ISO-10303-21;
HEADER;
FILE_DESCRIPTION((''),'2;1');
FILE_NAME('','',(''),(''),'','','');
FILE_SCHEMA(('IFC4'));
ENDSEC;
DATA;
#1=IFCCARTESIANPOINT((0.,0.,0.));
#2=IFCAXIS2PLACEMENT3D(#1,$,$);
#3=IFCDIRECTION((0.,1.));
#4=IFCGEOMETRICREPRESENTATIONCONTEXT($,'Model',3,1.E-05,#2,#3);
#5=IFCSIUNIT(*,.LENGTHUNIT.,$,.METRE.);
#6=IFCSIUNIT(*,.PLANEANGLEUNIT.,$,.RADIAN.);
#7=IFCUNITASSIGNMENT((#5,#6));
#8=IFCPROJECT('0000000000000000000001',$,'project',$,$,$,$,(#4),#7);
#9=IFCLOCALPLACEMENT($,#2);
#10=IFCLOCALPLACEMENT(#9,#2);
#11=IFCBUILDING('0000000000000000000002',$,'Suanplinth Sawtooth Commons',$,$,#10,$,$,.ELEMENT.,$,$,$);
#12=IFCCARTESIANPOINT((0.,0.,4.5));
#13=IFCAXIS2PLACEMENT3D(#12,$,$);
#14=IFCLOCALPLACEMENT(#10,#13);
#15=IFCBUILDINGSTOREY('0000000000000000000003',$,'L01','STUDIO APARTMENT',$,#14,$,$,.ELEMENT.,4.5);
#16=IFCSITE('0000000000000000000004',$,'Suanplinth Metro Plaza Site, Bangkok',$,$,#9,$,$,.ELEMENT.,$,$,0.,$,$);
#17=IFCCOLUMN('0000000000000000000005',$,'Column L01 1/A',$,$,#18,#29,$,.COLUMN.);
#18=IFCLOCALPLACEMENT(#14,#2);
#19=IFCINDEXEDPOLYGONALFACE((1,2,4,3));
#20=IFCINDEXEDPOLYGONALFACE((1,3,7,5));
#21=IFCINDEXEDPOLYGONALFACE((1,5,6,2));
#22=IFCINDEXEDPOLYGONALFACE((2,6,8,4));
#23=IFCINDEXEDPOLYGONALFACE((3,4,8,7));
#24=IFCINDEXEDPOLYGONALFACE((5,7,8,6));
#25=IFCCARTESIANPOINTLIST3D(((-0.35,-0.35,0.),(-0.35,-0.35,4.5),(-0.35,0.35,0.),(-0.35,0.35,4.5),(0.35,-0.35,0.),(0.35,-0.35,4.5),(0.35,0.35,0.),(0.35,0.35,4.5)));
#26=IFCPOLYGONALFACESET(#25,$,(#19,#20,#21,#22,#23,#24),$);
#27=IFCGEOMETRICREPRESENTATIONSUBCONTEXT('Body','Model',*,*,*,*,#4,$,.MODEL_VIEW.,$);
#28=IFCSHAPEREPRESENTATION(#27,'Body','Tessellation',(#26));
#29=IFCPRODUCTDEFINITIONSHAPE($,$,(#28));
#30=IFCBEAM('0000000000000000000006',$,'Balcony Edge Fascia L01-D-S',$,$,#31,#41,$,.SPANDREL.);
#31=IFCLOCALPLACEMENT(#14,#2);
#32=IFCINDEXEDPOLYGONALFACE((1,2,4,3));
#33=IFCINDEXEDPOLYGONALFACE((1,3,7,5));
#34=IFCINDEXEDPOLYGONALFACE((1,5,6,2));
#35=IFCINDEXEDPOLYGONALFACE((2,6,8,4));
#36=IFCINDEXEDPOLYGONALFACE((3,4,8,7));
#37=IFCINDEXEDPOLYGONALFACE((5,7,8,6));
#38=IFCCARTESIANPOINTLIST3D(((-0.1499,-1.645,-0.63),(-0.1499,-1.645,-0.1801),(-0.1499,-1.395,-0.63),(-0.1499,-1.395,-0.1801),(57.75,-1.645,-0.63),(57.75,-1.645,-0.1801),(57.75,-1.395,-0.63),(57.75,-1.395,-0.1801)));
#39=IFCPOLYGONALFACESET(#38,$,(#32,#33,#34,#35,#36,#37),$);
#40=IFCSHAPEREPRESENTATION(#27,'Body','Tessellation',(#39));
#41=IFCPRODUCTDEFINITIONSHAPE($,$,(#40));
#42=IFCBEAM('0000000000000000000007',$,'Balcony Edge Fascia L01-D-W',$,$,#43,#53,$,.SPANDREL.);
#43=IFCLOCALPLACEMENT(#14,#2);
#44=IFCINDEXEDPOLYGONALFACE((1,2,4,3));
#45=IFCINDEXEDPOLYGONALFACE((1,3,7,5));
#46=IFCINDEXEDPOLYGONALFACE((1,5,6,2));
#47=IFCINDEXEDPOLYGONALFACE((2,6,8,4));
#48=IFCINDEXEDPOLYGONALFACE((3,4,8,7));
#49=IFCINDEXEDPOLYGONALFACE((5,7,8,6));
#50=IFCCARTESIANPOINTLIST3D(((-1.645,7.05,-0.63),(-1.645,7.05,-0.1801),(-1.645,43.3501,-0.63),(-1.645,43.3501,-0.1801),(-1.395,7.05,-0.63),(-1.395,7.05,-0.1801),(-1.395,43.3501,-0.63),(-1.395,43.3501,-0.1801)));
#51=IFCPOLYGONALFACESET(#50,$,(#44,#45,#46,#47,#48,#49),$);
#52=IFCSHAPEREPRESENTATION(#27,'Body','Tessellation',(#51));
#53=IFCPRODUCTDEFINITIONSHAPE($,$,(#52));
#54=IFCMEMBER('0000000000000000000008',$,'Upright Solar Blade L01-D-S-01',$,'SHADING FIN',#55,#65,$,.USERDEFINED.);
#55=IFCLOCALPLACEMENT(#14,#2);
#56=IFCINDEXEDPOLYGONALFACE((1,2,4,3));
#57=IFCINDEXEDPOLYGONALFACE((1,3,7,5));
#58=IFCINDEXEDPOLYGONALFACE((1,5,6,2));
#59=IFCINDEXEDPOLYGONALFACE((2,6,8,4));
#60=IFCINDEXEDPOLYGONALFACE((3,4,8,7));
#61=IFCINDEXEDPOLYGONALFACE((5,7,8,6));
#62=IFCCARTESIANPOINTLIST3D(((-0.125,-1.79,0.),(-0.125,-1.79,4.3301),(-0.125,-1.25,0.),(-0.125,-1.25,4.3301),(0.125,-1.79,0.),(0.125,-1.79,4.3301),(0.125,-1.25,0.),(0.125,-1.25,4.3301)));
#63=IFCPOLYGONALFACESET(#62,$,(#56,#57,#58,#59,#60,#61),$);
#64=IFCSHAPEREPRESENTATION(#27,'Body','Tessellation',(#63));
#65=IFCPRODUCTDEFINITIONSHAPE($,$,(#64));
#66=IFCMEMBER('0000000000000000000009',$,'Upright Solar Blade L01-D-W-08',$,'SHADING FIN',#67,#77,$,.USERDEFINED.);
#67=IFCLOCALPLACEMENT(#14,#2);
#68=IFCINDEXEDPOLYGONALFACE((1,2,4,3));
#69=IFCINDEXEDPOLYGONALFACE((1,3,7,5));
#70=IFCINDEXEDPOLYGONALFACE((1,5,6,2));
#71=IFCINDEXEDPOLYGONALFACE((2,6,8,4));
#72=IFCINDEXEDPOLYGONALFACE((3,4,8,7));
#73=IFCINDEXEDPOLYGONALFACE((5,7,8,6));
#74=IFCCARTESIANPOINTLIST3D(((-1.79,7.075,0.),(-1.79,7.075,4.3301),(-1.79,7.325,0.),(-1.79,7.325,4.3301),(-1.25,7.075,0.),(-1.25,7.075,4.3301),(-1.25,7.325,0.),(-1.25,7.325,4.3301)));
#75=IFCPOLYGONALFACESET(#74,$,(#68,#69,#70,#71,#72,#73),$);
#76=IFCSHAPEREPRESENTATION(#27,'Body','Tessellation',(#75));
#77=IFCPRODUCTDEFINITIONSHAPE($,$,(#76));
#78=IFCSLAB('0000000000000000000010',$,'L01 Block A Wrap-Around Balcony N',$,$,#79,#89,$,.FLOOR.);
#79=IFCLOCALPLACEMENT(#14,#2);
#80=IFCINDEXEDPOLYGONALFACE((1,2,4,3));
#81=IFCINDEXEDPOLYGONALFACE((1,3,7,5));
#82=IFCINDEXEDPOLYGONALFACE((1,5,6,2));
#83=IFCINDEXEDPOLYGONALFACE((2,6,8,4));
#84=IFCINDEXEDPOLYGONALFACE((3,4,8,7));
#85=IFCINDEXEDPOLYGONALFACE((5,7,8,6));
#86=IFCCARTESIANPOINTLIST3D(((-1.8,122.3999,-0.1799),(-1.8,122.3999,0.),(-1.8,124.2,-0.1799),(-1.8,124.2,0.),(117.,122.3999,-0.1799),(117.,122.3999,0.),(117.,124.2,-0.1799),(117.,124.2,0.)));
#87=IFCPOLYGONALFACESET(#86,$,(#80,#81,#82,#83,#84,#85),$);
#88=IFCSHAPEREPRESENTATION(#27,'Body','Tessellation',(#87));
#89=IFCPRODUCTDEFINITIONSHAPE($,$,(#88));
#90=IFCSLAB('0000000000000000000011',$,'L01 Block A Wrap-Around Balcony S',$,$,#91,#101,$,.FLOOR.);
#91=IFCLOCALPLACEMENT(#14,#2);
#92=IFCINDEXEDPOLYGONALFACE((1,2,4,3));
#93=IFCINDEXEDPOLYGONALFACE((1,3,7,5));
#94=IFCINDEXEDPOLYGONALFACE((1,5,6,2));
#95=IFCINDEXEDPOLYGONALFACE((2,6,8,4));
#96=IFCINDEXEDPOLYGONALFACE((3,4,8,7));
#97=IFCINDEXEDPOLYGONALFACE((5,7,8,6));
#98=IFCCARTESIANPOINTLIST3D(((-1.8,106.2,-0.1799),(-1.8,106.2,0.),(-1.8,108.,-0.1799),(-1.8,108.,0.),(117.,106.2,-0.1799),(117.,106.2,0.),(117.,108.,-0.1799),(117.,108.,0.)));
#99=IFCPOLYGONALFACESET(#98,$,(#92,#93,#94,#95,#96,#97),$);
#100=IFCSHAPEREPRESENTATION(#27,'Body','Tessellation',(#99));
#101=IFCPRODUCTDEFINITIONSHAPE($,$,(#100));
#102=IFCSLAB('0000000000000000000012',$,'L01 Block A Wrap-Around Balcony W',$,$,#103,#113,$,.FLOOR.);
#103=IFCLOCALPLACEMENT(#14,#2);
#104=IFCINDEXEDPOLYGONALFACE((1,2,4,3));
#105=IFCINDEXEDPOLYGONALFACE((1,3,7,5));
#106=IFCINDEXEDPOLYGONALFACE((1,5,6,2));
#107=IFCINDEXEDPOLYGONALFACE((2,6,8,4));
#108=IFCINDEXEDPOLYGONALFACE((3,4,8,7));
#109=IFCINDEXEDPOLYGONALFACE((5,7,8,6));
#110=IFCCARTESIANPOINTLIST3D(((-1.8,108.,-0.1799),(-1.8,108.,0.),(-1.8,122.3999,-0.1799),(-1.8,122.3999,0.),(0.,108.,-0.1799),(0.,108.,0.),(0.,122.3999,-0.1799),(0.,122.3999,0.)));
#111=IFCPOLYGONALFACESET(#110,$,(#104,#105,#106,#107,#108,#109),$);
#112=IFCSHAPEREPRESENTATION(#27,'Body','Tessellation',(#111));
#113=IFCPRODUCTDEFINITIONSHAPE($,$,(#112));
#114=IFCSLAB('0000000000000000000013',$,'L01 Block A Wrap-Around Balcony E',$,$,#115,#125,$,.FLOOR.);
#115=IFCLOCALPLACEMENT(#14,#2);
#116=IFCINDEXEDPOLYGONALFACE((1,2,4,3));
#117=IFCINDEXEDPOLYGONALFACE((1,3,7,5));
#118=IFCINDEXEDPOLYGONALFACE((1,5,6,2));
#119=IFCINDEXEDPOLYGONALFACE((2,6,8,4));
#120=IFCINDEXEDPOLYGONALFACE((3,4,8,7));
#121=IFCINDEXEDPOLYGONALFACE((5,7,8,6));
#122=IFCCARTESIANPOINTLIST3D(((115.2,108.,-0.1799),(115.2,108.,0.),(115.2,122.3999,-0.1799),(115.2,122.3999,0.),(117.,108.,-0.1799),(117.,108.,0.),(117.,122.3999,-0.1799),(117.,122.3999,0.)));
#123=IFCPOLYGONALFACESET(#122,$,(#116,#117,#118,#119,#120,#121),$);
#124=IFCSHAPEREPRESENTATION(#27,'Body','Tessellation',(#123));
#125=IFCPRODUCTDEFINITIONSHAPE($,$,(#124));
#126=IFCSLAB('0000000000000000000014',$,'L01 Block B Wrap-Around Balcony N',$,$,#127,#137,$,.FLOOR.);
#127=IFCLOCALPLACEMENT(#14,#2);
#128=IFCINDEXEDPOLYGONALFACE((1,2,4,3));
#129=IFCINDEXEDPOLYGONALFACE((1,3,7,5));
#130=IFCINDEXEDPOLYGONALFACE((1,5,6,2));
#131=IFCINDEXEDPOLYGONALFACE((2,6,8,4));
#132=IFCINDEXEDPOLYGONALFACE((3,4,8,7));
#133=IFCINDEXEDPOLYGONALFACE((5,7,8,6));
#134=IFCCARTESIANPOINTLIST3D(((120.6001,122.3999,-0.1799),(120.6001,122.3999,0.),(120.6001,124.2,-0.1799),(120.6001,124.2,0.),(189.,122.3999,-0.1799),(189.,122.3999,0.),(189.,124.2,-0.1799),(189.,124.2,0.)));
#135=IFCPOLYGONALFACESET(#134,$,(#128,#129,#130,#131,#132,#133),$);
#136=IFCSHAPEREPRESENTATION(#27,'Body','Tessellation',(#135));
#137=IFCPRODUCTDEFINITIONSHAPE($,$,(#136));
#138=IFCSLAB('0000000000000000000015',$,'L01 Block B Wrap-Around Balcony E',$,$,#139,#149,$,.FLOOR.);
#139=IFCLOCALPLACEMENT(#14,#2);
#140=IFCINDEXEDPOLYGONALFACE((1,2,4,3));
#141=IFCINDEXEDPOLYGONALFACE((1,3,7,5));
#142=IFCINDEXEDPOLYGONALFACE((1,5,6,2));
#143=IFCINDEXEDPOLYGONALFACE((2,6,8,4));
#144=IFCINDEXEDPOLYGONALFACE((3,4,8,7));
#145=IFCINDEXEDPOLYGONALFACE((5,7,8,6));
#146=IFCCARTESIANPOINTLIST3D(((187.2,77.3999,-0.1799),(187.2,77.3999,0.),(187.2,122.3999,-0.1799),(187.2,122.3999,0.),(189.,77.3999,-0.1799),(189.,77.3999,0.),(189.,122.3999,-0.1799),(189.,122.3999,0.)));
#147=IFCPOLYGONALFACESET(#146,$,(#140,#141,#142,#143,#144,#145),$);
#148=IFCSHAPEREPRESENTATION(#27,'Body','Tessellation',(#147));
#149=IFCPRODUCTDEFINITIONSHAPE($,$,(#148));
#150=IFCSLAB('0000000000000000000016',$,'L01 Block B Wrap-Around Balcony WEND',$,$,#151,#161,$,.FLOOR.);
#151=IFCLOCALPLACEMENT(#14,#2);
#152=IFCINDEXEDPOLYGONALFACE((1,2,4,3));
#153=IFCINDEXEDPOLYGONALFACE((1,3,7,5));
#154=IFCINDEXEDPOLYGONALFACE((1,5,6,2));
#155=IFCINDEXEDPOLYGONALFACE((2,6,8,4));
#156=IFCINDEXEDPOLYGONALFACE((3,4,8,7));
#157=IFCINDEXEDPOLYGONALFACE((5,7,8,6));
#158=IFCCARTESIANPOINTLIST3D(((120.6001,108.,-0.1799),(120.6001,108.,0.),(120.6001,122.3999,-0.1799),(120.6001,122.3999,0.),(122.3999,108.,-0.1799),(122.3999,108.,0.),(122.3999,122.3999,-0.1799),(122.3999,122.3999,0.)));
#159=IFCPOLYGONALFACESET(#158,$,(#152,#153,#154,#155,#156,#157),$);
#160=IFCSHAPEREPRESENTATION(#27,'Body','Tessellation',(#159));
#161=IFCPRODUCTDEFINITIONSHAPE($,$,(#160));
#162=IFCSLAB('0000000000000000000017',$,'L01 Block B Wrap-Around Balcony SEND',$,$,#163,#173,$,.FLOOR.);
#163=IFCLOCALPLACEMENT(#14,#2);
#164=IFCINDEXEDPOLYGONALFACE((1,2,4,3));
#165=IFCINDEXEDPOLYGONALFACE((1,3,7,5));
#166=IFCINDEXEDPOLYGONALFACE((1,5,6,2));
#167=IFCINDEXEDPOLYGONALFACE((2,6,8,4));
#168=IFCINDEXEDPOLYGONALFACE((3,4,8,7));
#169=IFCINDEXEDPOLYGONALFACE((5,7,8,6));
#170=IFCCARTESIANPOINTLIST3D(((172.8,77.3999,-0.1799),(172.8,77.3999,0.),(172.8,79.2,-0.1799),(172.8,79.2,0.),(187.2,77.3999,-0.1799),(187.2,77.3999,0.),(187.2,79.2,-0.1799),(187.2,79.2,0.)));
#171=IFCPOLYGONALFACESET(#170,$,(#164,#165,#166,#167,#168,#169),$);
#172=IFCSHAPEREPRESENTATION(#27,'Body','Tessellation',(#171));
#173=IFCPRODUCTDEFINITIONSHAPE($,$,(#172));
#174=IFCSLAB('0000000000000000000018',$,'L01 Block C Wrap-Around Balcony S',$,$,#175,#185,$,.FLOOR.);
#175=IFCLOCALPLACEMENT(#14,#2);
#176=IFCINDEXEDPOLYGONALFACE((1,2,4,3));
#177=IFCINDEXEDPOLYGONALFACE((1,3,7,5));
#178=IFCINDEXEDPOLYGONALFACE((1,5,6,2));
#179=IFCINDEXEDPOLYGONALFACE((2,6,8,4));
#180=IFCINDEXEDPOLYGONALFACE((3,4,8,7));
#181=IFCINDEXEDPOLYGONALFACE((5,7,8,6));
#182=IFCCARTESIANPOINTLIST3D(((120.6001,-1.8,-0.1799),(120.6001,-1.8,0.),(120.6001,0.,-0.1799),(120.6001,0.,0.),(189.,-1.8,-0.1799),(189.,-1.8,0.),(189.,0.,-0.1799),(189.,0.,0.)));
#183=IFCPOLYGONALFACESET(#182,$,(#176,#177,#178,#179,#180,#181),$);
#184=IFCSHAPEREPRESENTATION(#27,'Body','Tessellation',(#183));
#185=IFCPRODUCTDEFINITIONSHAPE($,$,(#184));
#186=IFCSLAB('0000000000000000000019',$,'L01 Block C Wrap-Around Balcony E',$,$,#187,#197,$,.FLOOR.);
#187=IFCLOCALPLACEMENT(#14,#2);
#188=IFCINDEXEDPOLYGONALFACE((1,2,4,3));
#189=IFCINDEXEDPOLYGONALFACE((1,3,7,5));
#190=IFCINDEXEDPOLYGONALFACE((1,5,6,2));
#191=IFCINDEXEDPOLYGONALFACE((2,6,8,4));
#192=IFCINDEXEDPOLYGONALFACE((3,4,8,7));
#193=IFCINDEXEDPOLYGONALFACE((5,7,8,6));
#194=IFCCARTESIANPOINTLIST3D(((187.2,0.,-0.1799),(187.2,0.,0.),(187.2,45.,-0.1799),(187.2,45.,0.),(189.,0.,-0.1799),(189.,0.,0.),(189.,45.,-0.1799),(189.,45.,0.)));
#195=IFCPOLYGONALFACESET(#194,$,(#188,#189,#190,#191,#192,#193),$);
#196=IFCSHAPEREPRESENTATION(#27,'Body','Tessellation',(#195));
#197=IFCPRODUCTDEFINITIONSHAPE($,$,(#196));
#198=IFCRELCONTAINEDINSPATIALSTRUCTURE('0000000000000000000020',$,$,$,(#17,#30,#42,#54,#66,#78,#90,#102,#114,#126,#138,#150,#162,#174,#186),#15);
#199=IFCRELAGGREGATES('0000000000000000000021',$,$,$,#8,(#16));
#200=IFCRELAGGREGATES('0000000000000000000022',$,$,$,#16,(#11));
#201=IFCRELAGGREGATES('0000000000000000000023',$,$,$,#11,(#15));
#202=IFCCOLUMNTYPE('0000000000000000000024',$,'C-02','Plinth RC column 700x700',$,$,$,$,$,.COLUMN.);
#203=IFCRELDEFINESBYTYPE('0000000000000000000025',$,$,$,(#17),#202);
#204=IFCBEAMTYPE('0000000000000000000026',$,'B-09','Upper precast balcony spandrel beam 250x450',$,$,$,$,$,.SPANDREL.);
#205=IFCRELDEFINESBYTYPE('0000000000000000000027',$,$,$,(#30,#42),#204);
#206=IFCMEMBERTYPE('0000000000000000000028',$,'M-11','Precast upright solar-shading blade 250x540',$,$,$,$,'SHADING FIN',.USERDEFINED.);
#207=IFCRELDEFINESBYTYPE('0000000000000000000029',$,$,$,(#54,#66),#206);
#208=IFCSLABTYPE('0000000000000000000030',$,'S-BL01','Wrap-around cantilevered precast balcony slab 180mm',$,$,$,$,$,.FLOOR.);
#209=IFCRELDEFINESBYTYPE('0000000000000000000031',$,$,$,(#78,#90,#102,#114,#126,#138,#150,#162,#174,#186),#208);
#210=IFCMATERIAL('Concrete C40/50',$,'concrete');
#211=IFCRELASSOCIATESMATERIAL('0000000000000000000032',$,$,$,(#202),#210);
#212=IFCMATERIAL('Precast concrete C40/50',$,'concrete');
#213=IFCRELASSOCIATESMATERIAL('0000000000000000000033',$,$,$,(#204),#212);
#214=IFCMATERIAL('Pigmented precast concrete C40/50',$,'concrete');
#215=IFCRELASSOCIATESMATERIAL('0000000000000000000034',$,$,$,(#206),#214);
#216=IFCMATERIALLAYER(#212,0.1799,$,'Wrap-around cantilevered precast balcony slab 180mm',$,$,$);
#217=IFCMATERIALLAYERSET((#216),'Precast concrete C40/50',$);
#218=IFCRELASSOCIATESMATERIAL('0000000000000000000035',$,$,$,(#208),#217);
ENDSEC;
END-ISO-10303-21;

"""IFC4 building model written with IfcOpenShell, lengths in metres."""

from ifc_helpers import new_model, si_unit, direction, frame, origin, origin_with_axes, origin_2d, place, context, subcontext, project, spatial, polyline, rectangle, outline, extrude, material, layer, layer_set, material_profile, profile_set, type_object, element, save


model = new_model("IFC4")

# Units and contexts
model_context = context("Model", 3, precision=1e-05, world=origin(), true_north=direction((0.0, 1.0)))
body_context = subcontext(model_context, "Body", "Model", "MODEL_VIEW")
ifc_project = project(units=[si_unit("LENGTHUNIT", "METRE"), si_unit("PLANEANGLEUNIT", "RADIAN")], contexts=[model_context])

# Site, building, storey
site_placement = place(None, origin())
site = spatial("IfcSite", under=ifc_project, at=site_placement, Name="Suanplinth Metro Plaza Site, Bangkok", CompositionType="ELEMENT", RefElevation=0.0)
building_placement = place(site_placement, origin())
building = spatial("IfcBuilding", under=site, at=building_placement, Name="Suanplinth Sawtooth Commons", CompositionType="ELEMENT")
storey_placement = place(building_placement, frame((0.0, 0.0, 4.5)))
storey = spatial("IfcBuildingStorey", under=building, at=storey_placement, Name="L01", Description="STUDIO APARTMENT", CompositionType="ELEMENT", Elevation=4.5)

# Column
ifc_material_1 = material(Name="Concrete C40/50", Category="concrete")
ifc_material_profile_1 = material_profile(ifc_material_1, rectangle(XDim=0.7, YDim=0.7, at=origin_2d()), Name="RC-COL 700x700")
ifc_profile_set_1 = profile_set([ifc_material_profile_1], Name="Concrete C40/50")
column_type = type_object("IfcColumnType", Name="C-02", Description="Plinth RC column 700x700", PredefinedType="COLUMN", material=ifc_profile_set_1)
column_placement = place(storey_placement, origin_with_axes())
element("IfcColumn", 1, at=column_placement, inside=storey, type_object=column_type, Name="Column L01 1/A", PredefinedType="COLUMN", context=body_context, shape_type="SweptSolid", body=[
    extrude(rectangle(XDim=0.7, YDim=0.7, at=origin_2d()), origin(), (0.0, 0.0, 1.0), 4.5),
])

# Beams
ifc_material_2 = material(Name="Precast concrete C40/50", Category="concrete")
ifc_material_profile_2 = material_profile(ifc_material_2, rectangle(XDim=0.25, YDim=0.45, at=origin_2d()), Name="PC-SP 250x450")
ifc_profile_set_2 = profile_set([ifc_material_profile_2], Name="Precast concrete C40/50")
beam_type = type_object("IfcBeamType", Name="B-09", Description="Upper precast balcony spandrel beam 250x450", PredefinedType="SPANDREL", material=ifc_profile_set_2)
beam_1_placement = place(storey_placement, frame((-0.1499, -1.52, -0.405), z_axis=(1.0, 0.0, 0.0), x_axis=(0.0, 1.0, 0.0)))
element("IfcBeam", 2, at=beam_1_placement, inside=storey, type_object=beam_type, Name="Balcony Edge Fascia L01-D-S", PredefinedType="SPANDREL", context=body_context, shape_type="SweptSolid", body=[
    extrude(rectangle(XDim=0.25, YDim=0.45, at=origin_2d()), origin(), (0.0, 0.0, 1.0), 57.8999),
])
beam_2_placement = place(storey_placement, frame((-1.52, 7.05, -0.405), z_axis=(0.0, 1.0, 0.0), x_axis=(-1.0, 0.0, 0.0)))
element("IfcBeam", 3, at=beam_2_placement, inside=storey, type_object=beam_type, Name="Balcony Edge Fascia L01-D-W", PredefinedType="SPANDREL", context=body_context, shape_type="SweptSolid", body=[
    extrude(rectangle(XDim=0.25, YDim=0.45, at=origin_2d()), origin(), (0.0, 0.0, 1.0), 36.3),
])

# Members
ifc_material_3 = material(Name="Pigmented precast concrete C40/50", Category="concrete")
ifc_material_profile_3 = material_profile(ifc_material_3, rectangle(XDim=0.25, YDim=0.54, at=origin_2d()), Name="PC-FIN 250x540")
ifc_profile_set_3 = profile_set([ifc_material_profile_3], Name="Pigmented precast concrete C40/50")
member_type = type_object("IfcMemberType", Name="M-11", Description="Precast upright solar-shading blade 250x540", ElementType="SHADING FIN", PredefinedType="USERDEFINED", material=ifc_profile_set_3)
for number, where, z_axis, x_axis, name in (
    (4, (0.0, -1.52, 0.0), (0.0, 0.0, 1.0), (1.0, 0.0, 0.0), "Upright Solar Blade L01-D-S-01"),
    (5, (-1.52, 7.2, 0.0), (0.0, 0.0, 1.0), (0.0, 1.0, 0.0), "Upright Solar Blade L01-D-W-08"),
):
    element("IfcMember", number, at=place(storey_placement, frame(where, z_axis=z_axis, x_axis=x_axis)), inside=storey, type_object=member_type, Name=name, ObjectType="SHADING FIN", PredefinedType="USERDEFINED", context=body_context, shape_type="SweptSolid", body=[
        extrude(rectangle(XDim=0.25, YDim=0.54, at=origin_2d()), origin(), (0.0, 0.0, 1.0), 4.3301),
    ])

# Slabs
ifc_layer_1 = layer(ifc_material_2, 0.1799, Name="Wrap-around cantilevered precast balcony slab 180mm")
ifc_layer_set_1 = layer_set([ifc_layer_1], Name="Precast concrete C40/50")
slab_type_1 = type_object("IfcSlabType", Name="S-BL01", Description="Wrap-around cantilevered precast balcony slab 180mm", PredefinedType="FLOOR", material=ifc_layer_set_1)
slab_1_placement = place(storey_placement, frame((0.0, 0.0, -0.1799)))
element("IfcSlab", 6, at=slab_1_placement, inside=storey, type_object=slab_type_1, Name="L01 Block A Wrap-Around Balcony N", PredefinedType="FLOOR", context=body_context, shape_type="SweptSolid", body=[
    extrude(outline(polyline([(-1.8, 122.3999), (-1.8, 124.2), (117.0, 124.2), (117.0, 122.3999), (-1.8, 122.3999)])), origin(), (0.0, 0.0, 1.0), 0.1799),
])
slab_2_placement = place(storey_placement, frame((0.0, 0.0, -0.1799)))
element("IfcSlab", 7, at=slab_2_placement, inside=storey, type_object=slab_type_1, Name="L01 Block A Wrap-Around Balcony S", PredefinedType="FLOOR", context=body_context, shape_type="SweptSolid", body=[
    extrude(outline(polyline([(117.0, 108.0), (117.0, 106.2), (-1.8, 106.2), (-1.8, 108.0), (117.0, 108.0)])), origin(), (0.0, 0.0, 1.0), 0.1799),
])
slab_3_placement = place(storey_placement, frame((0.0, 0.0, -0.1799)))
element("IfcSlab", 8, at=slab_3_placement, inside=storey, type_object=slab_type_1, Name="L01 Block A Wrap-Around Balcony W", PredefinedType="FLOOR", context=body_context, shape_type="SweptSolid", body=[
    extrude(outline(polyline([(0.0, 108.0), (-1.8, 108.0), (-1.8, 122.3999), (0.0, 122.3999), (0.0, 108.0)])), origin(), (0.0, 0.0, 1.0), 0.1799),
])
slab_4_placement = place(storey_placement, frame((0.0, 0.0, -0.1799)))
element("IfcSlab", 9, at=slab_4_placement, inside=storey, type_object=slab_type_1, Name="L01 Block A Wrap-Around Balcony E", PredefinedType="FLOOR", context=body_context, shape_type="SweptSolid", body=[
    extrude(outline(polyline([(117.0, 122.3999), (117.0, 108.0), (115.2, 108.0), (115.2, 122.3999), (117.0, 122.3999)])), origin(), (0.0, 0.0, 1.0), 0.1799),
])
slab_5_placement = place(storey_placement, frame((0.0, 0.0, -0.1799)))
element("IfcSlab", 10, at=slab_5_placement, inside=storey, type_object=slab_type_1, Name="L01 Block B Wrap-Around Balcony N", PredefinedType="FLOOR", context=body_context, shape_type="SweptSolid", body=[
    extrude(outline(polyline([(120.6001, 122.3999), (120.6001, 124.2), (189.0, 124.2), (189.0, 122.3999), (120.6001, 122.3999)])), origin(), (0.0, 0.0, 1.0), 0.1799),
])
slab_6_placement = place(storey_placement, frame((0.0, 0.0, -0.1799)))
element("IfcSlab", 11, at=slab_6_placement, inside=storey, type_object=slab_type_1, Name="L01 Block B Wrap-Around Balcony E", PredefinedType="FLOOR", context=body_context, shape_type="SweptSolid", body=[
    extrude(outline(polyline([(189.0, 122.3999), (189.0, 77.3999), (187.2, 77.3999), (187.2, 122.3999), (189.0, 122.3999)])), origin(), (0.0, 0.0, 1.0), 0.1799),
])
slab_7_placement = place(storey_placement, frame((0.0, 0.0, -0.1799)))
element("IfcSlab", 12, at=slab_7_placement, inside=storey, type_object=slab_type_1, Name="L01 Block B Wrap-Around Balcony WEND", PredefinedType="FLOOR", context=body_context, shape_type="SweptSolid", body=[
    extrude(outline(polyline([(122.3999, 108.0), (120.6001, 108.0), (120.6001, 122.3999), (122.3999, 122.3999), (122.3999, 108.0)])), origin(), (0.0, 0.0, 1.0), 0.1799),
])
slab_8_placement = place(storey_placement, frame((0.0, 0.0, -0.1799)))
element("IfcSlab", 13, at=slab_8_placement, inside=storey, type_object=slab_type_1, Name="L01 Block B Wrap-Around Balcony SEND", PredefinedType="FLOOR", context=body_context, shape_type="SweptSolid", body=[
    extrude(outline(polyline([(187.2, 77.3999), (172.8, 77.3999), (172.8, 79.2), (187.2, 79.2), (187.2, 77.3999)])), origin(), (0.0, 0.0, 1.0), 0.1799),
])
slab_9_placement = place(storey_placement, frame((0.0, 0.0, -0.1799)))
element("IfcSlab", 14, at=slab_9_placement, inside=storey, type_object=slab_type_1, Name="L01 Block C Wrap-Around Balcony S", PredefinedType="FLOOR", context=body_context, shape_type="SweptSolid", body=[
    extrude(outline(polyline([(189.0, 0.0), (189.0, -1.8), (120.6001, -1.8), (120.6001, 0.0), (189.0, 0.0)])), origin(), (0.0, 0.0, 1.0), 0.1799),
])
slab_10_placement = place(storey_placement, frame((0.0, 0.0, -0.1799)))
element("IfcSlab", 15, at=slab_10_placement, inside=storey, type_object=slab_type_1, Name="L01 Block C Wrap-Around Balcony E", PredefinedType="FLOOR", context=body_context, shape_type="SweptSolid", body=[
    extrude(outline(polyline([(187.2, 45.0), (189.0, 45.0), (189.0, 0.0), (187.2, 0.0), (187.2, 45.0)])), origin(), (0.0, 0.0, 1.0), 0.1799),
])

save(model, "model.ifc")
